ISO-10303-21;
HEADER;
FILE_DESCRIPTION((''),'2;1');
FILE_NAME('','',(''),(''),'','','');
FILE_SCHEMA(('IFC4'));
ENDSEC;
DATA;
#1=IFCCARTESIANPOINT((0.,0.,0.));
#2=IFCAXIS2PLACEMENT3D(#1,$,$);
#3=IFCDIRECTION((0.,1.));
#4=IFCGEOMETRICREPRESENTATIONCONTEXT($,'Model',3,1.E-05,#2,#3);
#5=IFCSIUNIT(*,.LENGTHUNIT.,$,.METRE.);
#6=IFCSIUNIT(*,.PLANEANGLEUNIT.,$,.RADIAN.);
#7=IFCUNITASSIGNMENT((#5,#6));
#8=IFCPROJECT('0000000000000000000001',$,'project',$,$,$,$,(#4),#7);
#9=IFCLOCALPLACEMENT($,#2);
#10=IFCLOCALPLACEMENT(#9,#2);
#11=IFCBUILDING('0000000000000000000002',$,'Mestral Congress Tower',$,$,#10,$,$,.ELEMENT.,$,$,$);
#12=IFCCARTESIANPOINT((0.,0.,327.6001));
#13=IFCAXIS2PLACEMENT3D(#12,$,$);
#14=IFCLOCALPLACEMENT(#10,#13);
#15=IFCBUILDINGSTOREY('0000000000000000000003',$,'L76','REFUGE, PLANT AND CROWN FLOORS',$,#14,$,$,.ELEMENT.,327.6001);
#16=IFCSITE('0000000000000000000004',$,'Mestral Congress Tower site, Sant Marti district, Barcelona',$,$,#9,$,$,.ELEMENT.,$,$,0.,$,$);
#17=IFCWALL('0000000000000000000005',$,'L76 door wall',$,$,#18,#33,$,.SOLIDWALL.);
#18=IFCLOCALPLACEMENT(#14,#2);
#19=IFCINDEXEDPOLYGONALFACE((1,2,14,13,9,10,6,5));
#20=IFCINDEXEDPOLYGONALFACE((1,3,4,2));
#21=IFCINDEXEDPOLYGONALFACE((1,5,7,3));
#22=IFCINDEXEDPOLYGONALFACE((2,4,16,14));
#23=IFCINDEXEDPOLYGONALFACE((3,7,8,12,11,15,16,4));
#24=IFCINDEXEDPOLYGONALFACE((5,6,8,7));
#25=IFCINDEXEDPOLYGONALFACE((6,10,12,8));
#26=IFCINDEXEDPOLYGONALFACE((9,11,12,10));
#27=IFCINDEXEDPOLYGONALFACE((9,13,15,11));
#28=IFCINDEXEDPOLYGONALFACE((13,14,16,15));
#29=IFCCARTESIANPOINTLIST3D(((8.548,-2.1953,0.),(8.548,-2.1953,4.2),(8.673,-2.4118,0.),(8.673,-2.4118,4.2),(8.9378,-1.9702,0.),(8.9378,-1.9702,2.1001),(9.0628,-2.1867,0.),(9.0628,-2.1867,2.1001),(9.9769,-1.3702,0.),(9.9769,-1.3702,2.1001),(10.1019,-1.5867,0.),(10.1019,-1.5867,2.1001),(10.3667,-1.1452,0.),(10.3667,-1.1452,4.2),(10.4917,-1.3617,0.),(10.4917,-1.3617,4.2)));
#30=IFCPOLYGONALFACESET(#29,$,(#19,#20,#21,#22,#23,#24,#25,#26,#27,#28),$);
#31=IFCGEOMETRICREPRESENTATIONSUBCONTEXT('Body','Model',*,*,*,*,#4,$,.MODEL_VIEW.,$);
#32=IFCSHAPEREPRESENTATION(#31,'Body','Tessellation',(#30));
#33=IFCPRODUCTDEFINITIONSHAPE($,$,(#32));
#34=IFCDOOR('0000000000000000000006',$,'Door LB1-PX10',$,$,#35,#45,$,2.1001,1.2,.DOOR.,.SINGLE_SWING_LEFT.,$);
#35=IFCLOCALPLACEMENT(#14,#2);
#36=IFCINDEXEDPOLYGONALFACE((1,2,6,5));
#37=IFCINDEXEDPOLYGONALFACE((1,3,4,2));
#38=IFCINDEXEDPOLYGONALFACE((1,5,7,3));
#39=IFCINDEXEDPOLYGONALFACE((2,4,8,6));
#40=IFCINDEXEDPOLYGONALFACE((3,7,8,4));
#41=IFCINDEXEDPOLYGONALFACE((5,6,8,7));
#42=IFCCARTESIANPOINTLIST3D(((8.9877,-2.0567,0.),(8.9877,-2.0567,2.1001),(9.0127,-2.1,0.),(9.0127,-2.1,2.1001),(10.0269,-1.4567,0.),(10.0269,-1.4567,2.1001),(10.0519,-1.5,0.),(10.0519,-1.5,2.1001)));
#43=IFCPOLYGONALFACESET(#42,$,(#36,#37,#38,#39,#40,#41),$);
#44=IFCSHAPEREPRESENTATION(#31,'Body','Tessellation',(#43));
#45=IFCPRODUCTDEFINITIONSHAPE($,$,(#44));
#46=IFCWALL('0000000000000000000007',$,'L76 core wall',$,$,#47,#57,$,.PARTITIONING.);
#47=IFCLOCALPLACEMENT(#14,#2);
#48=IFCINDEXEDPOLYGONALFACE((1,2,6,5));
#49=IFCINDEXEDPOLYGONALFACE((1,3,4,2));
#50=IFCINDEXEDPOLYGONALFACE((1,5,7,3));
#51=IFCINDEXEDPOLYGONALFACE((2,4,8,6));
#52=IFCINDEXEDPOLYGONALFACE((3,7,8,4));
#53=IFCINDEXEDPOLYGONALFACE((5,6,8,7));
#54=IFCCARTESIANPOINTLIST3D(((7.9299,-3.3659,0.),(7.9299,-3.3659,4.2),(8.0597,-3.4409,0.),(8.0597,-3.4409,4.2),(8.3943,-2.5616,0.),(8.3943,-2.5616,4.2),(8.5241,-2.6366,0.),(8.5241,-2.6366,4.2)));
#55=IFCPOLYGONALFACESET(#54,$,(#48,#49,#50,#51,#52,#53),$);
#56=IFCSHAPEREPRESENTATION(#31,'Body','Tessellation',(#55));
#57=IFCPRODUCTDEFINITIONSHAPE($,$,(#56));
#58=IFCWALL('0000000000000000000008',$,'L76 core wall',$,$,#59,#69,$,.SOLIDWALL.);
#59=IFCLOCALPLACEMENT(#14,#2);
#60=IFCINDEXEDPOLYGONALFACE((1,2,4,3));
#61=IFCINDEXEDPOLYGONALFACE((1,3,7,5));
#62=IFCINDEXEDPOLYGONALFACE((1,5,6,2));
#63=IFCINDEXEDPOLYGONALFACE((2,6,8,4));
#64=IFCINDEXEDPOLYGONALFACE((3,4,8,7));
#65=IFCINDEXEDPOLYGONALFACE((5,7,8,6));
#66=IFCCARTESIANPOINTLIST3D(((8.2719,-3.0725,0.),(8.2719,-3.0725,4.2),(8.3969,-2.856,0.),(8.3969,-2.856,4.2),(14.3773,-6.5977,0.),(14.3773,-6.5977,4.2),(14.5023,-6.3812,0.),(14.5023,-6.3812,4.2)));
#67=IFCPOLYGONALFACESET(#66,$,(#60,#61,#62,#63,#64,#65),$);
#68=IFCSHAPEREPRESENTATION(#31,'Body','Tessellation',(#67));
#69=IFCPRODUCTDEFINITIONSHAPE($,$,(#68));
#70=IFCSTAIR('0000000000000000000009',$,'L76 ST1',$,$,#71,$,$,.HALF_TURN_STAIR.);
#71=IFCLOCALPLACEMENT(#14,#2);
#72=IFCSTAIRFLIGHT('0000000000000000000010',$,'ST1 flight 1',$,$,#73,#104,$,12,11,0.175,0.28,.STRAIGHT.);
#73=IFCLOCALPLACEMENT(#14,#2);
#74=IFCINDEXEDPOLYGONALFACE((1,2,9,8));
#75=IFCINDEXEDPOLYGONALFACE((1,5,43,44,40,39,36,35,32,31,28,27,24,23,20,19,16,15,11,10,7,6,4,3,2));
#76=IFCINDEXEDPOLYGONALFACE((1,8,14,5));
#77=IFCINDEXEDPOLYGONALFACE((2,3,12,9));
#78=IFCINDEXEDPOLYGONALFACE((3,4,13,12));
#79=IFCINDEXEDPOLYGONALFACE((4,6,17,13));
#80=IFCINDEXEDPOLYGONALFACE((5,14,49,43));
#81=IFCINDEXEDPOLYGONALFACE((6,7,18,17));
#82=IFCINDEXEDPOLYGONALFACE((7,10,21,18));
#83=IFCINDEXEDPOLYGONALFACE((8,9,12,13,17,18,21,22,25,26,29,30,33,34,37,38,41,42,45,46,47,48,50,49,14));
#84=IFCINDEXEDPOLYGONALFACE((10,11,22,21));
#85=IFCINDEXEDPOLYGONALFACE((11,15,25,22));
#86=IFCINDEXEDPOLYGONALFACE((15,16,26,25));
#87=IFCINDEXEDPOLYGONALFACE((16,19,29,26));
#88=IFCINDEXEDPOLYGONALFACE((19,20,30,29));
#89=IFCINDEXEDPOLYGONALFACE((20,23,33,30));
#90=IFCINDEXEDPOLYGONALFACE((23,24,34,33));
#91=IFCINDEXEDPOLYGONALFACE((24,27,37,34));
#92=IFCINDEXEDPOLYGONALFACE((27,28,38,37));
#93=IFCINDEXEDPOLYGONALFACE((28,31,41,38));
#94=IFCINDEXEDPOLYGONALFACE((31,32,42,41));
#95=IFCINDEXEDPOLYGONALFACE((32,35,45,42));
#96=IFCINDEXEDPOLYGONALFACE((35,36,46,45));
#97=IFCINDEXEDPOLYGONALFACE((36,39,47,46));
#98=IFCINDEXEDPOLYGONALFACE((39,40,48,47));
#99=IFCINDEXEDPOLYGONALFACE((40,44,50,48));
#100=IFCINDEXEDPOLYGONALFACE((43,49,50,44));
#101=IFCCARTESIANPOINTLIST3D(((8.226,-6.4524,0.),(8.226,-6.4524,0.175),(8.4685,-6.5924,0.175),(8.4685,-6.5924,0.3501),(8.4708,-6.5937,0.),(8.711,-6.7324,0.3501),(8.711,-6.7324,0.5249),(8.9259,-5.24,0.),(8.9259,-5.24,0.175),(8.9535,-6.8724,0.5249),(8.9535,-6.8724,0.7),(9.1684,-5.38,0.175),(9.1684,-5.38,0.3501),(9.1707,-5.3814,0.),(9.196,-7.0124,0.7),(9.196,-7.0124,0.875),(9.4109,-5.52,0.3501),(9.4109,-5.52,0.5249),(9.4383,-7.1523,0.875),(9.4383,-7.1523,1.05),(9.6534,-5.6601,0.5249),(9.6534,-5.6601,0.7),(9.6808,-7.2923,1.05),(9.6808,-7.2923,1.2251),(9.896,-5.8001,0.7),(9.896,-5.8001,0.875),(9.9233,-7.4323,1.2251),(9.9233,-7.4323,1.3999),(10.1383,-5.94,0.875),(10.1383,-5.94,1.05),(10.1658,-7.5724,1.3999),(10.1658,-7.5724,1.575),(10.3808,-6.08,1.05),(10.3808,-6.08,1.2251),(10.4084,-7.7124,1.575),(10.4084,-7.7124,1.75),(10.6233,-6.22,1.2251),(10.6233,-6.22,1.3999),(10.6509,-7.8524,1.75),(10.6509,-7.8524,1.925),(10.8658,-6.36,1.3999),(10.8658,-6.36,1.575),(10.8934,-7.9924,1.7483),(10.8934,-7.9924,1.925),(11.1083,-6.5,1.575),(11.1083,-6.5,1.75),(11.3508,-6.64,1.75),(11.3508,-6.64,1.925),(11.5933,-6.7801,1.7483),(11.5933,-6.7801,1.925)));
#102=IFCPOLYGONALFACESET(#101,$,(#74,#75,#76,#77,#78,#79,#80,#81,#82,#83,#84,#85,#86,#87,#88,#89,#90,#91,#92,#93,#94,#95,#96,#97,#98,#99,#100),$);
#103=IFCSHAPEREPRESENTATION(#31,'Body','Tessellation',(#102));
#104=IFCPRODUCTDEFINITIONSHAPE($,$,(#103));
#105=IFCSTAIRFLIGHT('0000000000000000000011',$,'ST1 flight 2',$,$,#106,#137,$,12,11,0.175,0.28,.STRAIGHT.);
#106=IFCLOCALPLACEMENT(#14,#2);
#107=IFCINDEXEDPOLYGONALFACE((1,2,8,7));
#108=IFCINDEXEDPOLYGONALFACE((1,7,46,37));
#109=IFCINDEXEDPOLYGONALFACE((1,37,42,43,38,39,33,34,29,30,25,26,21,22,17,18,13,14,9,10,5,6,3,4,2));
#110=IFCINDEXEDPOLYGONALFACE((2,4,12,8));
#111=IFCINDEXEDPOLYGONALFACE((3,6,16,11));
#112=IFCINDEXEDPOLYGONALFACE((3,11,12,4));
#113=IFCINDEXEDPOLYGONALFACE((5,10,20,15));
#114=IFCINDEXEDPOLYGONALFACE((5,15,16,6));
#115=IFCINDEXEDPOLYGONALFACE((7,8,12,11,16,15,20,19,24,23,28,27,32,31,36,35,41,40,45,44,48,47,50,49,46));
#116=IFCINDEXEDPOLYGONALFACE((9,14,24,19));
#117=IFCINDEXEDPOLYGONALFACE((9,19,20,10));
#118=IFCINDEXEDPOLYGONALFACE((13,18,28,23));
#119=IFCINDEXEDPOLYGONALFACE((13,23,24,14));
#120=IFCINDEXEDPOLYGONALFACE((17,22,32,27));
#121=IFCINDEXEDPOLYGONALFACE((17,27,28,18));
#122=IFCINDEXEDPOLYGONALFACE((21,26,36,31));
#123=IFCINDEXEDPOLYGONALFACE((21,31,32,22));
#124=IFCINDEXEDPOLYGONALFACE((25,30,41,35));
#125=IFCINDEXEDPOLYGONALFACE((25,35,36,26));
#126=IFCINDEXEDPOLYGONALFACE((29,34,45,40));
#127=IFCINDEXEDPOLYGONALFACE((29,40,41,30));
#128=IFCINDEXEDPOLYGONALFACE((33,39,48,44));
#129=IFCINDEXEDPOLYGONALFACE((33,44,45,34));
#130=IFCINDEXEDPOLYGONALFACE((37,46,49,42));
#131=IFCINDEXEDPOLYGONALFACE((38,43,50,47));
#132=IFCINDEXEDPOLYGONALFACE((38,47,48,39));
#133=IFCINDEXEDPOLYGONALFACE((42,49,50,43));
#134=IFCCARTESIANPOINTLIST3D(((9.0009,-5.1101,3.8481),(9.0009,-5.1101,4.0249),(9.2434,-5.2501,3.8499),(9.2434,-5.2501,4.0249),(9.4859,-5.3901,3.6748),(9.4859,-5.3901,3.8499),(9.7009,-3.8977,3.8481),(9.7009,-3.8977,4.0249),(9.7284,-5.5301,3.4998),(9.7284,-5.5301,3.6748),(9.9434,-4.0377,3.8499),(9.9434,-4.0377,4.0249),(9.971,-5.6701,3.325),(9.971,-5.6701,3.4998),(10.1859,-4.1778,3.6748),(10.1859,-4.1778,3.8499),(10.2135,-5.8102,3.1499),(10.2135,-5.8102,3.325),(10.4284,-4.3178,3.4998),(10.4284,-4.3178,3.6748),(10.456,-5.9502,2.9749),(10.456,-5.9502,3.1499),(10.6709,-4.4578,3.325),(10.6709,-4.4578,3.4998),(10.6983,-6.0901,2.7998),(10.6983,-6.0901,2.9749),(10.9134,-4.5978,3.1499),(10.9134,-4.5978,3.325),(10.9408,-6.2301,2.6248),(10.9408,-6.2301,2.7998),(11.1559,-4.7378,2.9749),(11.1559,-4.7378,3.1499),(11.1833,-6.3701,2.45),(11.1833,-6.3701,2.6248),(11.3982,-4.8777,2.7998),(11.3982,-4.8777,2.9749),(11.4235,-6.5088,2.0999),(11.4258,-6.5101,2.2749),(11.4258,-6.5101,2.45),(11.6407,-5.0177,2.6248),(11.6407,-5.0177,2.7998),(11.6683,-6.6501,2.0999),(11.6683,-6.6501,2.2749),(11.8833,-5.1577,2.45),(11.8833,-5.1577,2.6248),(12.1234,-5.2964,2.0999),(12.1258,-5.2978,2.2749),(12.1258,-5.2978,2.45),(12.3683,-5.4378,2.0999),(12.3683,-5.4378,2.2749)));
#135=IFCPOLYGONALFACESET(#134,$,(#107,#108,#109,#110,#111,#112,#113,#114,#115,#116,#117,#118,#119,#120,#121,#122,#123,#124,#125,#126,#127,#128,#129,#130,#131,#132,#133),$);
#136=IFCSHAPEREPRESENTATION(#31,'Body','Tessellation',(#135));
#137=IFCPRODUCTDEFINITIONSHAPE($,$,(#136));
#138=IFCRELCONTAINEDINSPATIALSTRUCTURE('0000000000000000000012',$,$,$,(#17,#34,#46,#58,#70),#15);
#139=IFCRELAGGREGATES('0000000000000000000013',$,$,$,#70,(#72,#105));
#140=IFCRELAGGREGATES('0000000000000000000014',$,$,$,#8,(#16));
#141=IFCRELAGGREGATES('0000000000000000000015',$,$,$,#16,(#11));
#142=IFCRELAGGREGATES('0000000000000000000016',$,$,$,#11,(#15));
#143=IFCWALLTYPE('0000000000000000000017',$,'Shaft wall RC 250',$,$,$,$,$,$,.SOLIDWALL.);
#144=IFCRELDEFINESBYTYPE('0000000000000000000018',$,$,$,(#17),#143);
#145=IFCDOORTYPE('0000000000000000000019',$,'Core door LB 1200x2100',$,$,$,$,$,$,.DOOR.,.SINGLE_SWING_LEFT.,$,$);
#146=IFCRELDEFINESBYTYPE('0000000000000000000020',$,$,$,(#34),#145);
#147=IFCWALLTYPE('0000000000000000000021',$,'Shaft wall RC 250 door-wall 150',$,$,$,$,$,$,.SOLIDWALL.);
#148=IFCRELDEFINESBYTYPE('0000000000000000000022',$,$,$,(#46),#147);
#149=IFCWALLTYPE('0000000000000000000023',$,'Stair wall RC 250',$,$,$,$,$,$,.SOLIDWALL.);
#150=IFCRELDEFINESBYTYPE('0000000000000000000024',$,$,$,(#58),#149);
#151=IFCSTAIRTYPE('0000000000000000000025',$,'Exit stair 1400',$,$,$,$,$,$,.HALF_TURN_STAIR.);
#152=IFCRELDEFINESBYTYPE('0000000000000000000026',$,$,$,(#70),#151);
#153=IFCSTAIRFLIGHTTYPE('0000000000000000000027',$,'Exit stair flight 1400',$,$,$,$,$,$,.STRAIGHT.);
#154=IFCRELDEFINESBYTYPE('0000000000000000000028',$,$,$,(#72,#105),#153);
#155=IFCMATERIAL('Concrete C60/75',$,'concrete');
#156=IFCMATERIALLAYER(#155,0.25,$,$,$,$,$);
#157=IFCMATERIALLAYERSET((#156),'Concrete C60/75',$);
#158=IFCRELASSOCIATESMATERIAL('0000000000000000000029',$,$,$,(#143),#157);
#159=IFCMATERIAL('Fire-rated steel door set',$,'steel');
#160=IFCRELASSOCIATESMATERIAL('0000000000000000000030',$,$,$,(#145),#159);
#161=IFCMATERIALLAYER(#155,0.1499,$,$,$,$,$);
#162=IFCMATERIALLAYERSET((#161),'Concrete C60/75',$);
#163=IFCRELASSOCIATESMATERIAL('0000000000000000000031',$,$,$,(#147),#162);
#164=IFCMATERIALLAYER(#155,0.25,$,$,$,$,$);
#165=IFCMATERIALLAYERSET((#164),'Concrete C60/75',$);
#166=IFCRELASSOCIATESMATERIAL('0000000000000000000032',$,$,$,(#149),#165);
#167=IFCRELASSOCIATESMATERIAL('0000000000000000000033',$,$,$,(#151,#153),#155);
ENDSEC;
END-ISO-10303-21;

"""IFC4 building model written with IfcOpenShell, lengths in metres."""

from ifc_helpers import new_model, si_unit, direction, frame, frame_2d, origin, place, context, subcontext, project, spatial, polyline, rectangle, outline, extrude, material, layer, layer_set, type_object, element, fill, aggregate, save


model = new_model("IFC4")

# Units and contexts
model_context = context("Model", 3, precision=1e-05, world=origin(), true_north=direction((0.0, 1.0)))
body_context = subcontext(model_context, "Body", "Model", "MODEL_VIEW")
ifc_project = project(units=[si_unit("LENGTHUNIT", "METRE"), si_unit("PLANEANGLEUNIT", "RADIAN")], contexts=[model_context])

# Site, building, storey
site_placement = place(None, origin())
site = spatial("IfcSite", under=ifc_project, at=site_placement, Name="Mestral Congress Tower site, Sant Marti district, Barcelona", CompositionType="ELEMENT", RefElevation=0.0)
building_placement = place(site_placement, origin())
building = spatial("IfcBuilding", under=site, at=building_placement, Name="Mestral Congress Tower", CompositionType="ELEMENT")
storey_placement = place(building_placement, frame((0.0, 0.0, 327.6001)))
storey = spatial("IfcBuildingStorey", under=building, at=storey_placement, Name="L76", Description="REFUGE, PLANT AND CROWN FLOORS", CompositionType="ELEMENT", Elevation=327.6001)

# Shared definitions
ifc_material_1 = material(Name="Concrete C60/75", Category="concrete")
ifc_layer_1 = layer(ifc_material_1, 0.25)
ifc_layer_set_1 = layer_set([ifc_layer_1], Name="Concrete C60/75")
wall_type_1 = type_object("IfcWallType", Name="Shaft wall RC 250", PredefinedType="SOLIDWALL", material=ifc_layer_set_1)
ifc_material_2 = material(Name="Fire-rated steel door set", Category="steel")

# Wall, opening, door
wall_1_placement = place(storey_placement, frame((10.4292, -1.2534, 0.0), z_axis=(0.0, 0.0, 1.0), x_axis=(-0.866009, -0.500028, 0.0)))
wall_1 = element("IfcWall", 1, at=wall_1_placement, inside=storey, type_object=wall_type_1, Name="L76 door wall", PredefinedType="SOLIDWALL", context=body_context, shape_type="SweptSolid", body=[
    extrude(rectangle(XDim=2.1001, YDim=0.25, at=frame_2d((1.05, 0.0))), origin(), (0.0, 0.0, 1.0), 4.2),
])
opening_1_placement = place(wall_1_placement, frame((0.45, 0.0, 0.0)))
opening_1 = element("IfcOpeningElement", 2, at=opening_1_placement, cuts=wall_1, PredefinedType="OPENING", context=body_context, shape_type="SweptSolid", body=[
    extrude(rectangle(XDim=1.2, YDim=2.1001, at=frame_2d((0.6001, 1.05))), frame((0.0, 0.135, 0.0), z_axis=(0.0, -1.0, 0.0), x_axis=(1.0, 0.0, 0.0)), (0.0, 0.0, 1.0), 0.27),
])
door_type_1 = type_object("IfcDoorType", Name="Core door LB 1200x2100", OperationType="SINGLE_SWING_LEFT", PredefinedType="DOOR", material=ifc_material_2)
door_1_placement = place(opening_1_placement, origin())
door_1 = element("IfcDoor", 3, at=door_1_placement, inside=storey, type_object=door_type_1, Name="Door LB1-PX10", OperationType="SINGLE_SWING_LEFT", OverallHeight=2.1001, OverallWidth=1.2, PredefinedType="DOOR", context=body_context, shape_type="SweptSolid", body=[
    extrude(rectangle(XDim=1.2, YDim=2.1001, at=frame_2d((0.6001, 1.05))), frame((0.0, 0.0249, 0.0), z_axis=(0.0, -1.0, 0.0), x_axis=(1.0, 0.0, 0.0)), (0.0, 0.0, 1.0), 0.05),
])
fill(opening_1, door_1)

# Walls
ifc_layer_2 = layer(ifc_material_1, 0.1499)
ifc_layer_set_2 = layer_set([ifc_layer_2], Name="Concrete C60/75")
wall_type_2 = type_object("IfcWallType", Name="Shaft wall RC 250 door-wall 150", PredefinedType="SOLIDWALL", material=ifc_layer_set_2)
wall_2_placement = place(storey_placement, frame((8.4592, -2.5991, 0.0), z_axis=(0.0, 0.0, 1.0), x_axis=(-0.500041, -0.866002, 0.0)))
element("IfcWall", 4, at=wall_2_placement, inside=storey, type_object=wall_type_2, Name="L76 core wall", PredefinedType="PARTITIONING", context=body_context, shape_type="SweptSolid", body=[
    extrude(rectangle(XDim=0.9287, YDim=0.1499, at=frame_2d((0.4644, 0.0))), origin(), (0.0, 0.0, 1.0), 4.2),
])
ifc_layer_3 = layer(ifc_material_1, 0.25)
ifc_layer_set_3 = layer_set([ifc_layer_3], Name="Concrete C60/75")
wall_type_3 = type_object("IfcWallType", Name="Stair wall RC 250", PredefinedType="SOLIDWALL", material=ifc_layer_set_3)
wall_3_placement = place(storey_placement, frame((8.3345, -2.9644, 0.0), z_axis=(0.0, 0.0, 1.0), x_axis=(0.866016, -0.500016, 0.0)))
element("IfcWall", 5, at=wall_3_placement, inside=storey, type_object=wall_type_3, Name="L76 core wall", PredefinedType="SOLIDWALL", context=body_context, shape_type="SweptSolid", body=[
    extrude(rectangle(XDim=7.05, YDim=0.25, at=frame_2d((3.5249, 0.0))), origin(), (0.0, 0.0, 1.0), 4.2),
])

# Stair, stair flights
stair_type = type_object("IfcStairType", Name="Exit stair 1400", PredefinedType="HALF_TURN_STAIR", material=ifc_material_1)
stair_placement = place(storey_placement, origin())
stair = element("IfcStair", 6, at=stair_placement, inside=storey, type_object=stair_type, Name="L76 ST1", PredefinedType="HALF_TURN_STAIR")
stair_flight_type = type_object("IfcStairFlightType", Name="Exit stair flight 1400", PredefinedType="STRAIGHT", material=ifc_material_1)
stair_flight_1_placement = place(storey_placement, frame((8.5759, -5.8462, 0.0), z_axis=(0.0, 0.0, 1.0), x_axis=(0.866025, -0.5, 0.0)))
stair_flight_1 = element("IfcStairFlight", 7, at=stair_flight_1_placement, type_object=stair_flight_type, Name="ST1 flight 1", NumberOfRisers=12, NumberOfTreads=11, PredefinedType="STRAIGHT", RiserHeight=0.175, TreadLength=0.28, context=body_context, shape_type="SweptSolid", body=[
    extrude(outline(polyline([(0.0, 0.0), (0.0, 0.175), (0.28, 0.175), (0.28, 0.3501), (0.5601, 0.3501), (0.5601, 0.5249), (0.8401, 0.5249), (0.8401, 0.7), (1.1201, 0.7), (1.1201, 0.875), (1.3999, 0.875), (1.3999, 1.05), (1.6799, 1.05), (1.6799, 1.2251), (1.96, 1.2251), (1.96, 1.3999), (2.24, 1.3999), (2.24, 1.575), (2.52, 1.575), (2.52, 1.75), (2.8, 1.75), (2.8, 1.925), (3.0801, 1.925), (3.0801, 2.1001), (3.0801, 1.7483), (0.2827, 0.0), (0.0, 0.0)])), frame((0.0, 0.7, 0.0), z_axis=(0.0, -1.0, 0.0), x_axis=(1.0, 0.0, 0.0)), (0.0, 0.0, 1.0), 1.3999),
])
stair_flight_2_placement = place(storey_placement, frame((12.0183, -6.0439, 2.0999), z_axis=(0.0, 0.0, 1.0), x_axis=(-0.866025, 0.5, 0.0)))
stair_flight_2 = element("IfcStairFlight", 8, at=stair_flight_2_placement, type_object=stair_flight_type, Name="ST1 flight 2", NumberOfRisers=12, NumberOfTreads=11, PredefinedType="STRAIGHT", RiserHeight=0.175, TreadLength=0.28, context=body_context, shape_type="SweptSolid", body=[
    extrude(outline(polyline([(0.0, 0.0), (0.0, 0.175), (0.28, 0.175), (0.28, 0.3501), (0.5601, 0.3501), (0.5601, 0.5249), (0.8401, 0.5249), (0.8401, 0.7), (1.1201, 0.7), (1.1201, 0.875), (1.3999, 0.875), (1.3999, 1.05), (1.6799, 1.05), (1.6799, 1.2251), (1.96, 1.2251), (1.96, 1.3999), (2.24, 1.3999), (2.24, 1.575), (2.52, 1.575), (2.52, 1.75), (2.8, 1.75), (2.8, 1.925), (3.0801, 1.925), (3.0801, 2.1001), (3.0801, 1.7483), (0.2827, 0.0), (0.0, 0.0)])), frame((0.0, 0.7, 0.0), z_axis=(0.0, -1.0, 0.0), x_axis=(1.0, 0.0, 0.0)), (0.0, 0.0, 1.0), 1.3999),
])
aggregate(stair, [stair_flight_1, stair_flight_2])

save(model, "model.ifc")
